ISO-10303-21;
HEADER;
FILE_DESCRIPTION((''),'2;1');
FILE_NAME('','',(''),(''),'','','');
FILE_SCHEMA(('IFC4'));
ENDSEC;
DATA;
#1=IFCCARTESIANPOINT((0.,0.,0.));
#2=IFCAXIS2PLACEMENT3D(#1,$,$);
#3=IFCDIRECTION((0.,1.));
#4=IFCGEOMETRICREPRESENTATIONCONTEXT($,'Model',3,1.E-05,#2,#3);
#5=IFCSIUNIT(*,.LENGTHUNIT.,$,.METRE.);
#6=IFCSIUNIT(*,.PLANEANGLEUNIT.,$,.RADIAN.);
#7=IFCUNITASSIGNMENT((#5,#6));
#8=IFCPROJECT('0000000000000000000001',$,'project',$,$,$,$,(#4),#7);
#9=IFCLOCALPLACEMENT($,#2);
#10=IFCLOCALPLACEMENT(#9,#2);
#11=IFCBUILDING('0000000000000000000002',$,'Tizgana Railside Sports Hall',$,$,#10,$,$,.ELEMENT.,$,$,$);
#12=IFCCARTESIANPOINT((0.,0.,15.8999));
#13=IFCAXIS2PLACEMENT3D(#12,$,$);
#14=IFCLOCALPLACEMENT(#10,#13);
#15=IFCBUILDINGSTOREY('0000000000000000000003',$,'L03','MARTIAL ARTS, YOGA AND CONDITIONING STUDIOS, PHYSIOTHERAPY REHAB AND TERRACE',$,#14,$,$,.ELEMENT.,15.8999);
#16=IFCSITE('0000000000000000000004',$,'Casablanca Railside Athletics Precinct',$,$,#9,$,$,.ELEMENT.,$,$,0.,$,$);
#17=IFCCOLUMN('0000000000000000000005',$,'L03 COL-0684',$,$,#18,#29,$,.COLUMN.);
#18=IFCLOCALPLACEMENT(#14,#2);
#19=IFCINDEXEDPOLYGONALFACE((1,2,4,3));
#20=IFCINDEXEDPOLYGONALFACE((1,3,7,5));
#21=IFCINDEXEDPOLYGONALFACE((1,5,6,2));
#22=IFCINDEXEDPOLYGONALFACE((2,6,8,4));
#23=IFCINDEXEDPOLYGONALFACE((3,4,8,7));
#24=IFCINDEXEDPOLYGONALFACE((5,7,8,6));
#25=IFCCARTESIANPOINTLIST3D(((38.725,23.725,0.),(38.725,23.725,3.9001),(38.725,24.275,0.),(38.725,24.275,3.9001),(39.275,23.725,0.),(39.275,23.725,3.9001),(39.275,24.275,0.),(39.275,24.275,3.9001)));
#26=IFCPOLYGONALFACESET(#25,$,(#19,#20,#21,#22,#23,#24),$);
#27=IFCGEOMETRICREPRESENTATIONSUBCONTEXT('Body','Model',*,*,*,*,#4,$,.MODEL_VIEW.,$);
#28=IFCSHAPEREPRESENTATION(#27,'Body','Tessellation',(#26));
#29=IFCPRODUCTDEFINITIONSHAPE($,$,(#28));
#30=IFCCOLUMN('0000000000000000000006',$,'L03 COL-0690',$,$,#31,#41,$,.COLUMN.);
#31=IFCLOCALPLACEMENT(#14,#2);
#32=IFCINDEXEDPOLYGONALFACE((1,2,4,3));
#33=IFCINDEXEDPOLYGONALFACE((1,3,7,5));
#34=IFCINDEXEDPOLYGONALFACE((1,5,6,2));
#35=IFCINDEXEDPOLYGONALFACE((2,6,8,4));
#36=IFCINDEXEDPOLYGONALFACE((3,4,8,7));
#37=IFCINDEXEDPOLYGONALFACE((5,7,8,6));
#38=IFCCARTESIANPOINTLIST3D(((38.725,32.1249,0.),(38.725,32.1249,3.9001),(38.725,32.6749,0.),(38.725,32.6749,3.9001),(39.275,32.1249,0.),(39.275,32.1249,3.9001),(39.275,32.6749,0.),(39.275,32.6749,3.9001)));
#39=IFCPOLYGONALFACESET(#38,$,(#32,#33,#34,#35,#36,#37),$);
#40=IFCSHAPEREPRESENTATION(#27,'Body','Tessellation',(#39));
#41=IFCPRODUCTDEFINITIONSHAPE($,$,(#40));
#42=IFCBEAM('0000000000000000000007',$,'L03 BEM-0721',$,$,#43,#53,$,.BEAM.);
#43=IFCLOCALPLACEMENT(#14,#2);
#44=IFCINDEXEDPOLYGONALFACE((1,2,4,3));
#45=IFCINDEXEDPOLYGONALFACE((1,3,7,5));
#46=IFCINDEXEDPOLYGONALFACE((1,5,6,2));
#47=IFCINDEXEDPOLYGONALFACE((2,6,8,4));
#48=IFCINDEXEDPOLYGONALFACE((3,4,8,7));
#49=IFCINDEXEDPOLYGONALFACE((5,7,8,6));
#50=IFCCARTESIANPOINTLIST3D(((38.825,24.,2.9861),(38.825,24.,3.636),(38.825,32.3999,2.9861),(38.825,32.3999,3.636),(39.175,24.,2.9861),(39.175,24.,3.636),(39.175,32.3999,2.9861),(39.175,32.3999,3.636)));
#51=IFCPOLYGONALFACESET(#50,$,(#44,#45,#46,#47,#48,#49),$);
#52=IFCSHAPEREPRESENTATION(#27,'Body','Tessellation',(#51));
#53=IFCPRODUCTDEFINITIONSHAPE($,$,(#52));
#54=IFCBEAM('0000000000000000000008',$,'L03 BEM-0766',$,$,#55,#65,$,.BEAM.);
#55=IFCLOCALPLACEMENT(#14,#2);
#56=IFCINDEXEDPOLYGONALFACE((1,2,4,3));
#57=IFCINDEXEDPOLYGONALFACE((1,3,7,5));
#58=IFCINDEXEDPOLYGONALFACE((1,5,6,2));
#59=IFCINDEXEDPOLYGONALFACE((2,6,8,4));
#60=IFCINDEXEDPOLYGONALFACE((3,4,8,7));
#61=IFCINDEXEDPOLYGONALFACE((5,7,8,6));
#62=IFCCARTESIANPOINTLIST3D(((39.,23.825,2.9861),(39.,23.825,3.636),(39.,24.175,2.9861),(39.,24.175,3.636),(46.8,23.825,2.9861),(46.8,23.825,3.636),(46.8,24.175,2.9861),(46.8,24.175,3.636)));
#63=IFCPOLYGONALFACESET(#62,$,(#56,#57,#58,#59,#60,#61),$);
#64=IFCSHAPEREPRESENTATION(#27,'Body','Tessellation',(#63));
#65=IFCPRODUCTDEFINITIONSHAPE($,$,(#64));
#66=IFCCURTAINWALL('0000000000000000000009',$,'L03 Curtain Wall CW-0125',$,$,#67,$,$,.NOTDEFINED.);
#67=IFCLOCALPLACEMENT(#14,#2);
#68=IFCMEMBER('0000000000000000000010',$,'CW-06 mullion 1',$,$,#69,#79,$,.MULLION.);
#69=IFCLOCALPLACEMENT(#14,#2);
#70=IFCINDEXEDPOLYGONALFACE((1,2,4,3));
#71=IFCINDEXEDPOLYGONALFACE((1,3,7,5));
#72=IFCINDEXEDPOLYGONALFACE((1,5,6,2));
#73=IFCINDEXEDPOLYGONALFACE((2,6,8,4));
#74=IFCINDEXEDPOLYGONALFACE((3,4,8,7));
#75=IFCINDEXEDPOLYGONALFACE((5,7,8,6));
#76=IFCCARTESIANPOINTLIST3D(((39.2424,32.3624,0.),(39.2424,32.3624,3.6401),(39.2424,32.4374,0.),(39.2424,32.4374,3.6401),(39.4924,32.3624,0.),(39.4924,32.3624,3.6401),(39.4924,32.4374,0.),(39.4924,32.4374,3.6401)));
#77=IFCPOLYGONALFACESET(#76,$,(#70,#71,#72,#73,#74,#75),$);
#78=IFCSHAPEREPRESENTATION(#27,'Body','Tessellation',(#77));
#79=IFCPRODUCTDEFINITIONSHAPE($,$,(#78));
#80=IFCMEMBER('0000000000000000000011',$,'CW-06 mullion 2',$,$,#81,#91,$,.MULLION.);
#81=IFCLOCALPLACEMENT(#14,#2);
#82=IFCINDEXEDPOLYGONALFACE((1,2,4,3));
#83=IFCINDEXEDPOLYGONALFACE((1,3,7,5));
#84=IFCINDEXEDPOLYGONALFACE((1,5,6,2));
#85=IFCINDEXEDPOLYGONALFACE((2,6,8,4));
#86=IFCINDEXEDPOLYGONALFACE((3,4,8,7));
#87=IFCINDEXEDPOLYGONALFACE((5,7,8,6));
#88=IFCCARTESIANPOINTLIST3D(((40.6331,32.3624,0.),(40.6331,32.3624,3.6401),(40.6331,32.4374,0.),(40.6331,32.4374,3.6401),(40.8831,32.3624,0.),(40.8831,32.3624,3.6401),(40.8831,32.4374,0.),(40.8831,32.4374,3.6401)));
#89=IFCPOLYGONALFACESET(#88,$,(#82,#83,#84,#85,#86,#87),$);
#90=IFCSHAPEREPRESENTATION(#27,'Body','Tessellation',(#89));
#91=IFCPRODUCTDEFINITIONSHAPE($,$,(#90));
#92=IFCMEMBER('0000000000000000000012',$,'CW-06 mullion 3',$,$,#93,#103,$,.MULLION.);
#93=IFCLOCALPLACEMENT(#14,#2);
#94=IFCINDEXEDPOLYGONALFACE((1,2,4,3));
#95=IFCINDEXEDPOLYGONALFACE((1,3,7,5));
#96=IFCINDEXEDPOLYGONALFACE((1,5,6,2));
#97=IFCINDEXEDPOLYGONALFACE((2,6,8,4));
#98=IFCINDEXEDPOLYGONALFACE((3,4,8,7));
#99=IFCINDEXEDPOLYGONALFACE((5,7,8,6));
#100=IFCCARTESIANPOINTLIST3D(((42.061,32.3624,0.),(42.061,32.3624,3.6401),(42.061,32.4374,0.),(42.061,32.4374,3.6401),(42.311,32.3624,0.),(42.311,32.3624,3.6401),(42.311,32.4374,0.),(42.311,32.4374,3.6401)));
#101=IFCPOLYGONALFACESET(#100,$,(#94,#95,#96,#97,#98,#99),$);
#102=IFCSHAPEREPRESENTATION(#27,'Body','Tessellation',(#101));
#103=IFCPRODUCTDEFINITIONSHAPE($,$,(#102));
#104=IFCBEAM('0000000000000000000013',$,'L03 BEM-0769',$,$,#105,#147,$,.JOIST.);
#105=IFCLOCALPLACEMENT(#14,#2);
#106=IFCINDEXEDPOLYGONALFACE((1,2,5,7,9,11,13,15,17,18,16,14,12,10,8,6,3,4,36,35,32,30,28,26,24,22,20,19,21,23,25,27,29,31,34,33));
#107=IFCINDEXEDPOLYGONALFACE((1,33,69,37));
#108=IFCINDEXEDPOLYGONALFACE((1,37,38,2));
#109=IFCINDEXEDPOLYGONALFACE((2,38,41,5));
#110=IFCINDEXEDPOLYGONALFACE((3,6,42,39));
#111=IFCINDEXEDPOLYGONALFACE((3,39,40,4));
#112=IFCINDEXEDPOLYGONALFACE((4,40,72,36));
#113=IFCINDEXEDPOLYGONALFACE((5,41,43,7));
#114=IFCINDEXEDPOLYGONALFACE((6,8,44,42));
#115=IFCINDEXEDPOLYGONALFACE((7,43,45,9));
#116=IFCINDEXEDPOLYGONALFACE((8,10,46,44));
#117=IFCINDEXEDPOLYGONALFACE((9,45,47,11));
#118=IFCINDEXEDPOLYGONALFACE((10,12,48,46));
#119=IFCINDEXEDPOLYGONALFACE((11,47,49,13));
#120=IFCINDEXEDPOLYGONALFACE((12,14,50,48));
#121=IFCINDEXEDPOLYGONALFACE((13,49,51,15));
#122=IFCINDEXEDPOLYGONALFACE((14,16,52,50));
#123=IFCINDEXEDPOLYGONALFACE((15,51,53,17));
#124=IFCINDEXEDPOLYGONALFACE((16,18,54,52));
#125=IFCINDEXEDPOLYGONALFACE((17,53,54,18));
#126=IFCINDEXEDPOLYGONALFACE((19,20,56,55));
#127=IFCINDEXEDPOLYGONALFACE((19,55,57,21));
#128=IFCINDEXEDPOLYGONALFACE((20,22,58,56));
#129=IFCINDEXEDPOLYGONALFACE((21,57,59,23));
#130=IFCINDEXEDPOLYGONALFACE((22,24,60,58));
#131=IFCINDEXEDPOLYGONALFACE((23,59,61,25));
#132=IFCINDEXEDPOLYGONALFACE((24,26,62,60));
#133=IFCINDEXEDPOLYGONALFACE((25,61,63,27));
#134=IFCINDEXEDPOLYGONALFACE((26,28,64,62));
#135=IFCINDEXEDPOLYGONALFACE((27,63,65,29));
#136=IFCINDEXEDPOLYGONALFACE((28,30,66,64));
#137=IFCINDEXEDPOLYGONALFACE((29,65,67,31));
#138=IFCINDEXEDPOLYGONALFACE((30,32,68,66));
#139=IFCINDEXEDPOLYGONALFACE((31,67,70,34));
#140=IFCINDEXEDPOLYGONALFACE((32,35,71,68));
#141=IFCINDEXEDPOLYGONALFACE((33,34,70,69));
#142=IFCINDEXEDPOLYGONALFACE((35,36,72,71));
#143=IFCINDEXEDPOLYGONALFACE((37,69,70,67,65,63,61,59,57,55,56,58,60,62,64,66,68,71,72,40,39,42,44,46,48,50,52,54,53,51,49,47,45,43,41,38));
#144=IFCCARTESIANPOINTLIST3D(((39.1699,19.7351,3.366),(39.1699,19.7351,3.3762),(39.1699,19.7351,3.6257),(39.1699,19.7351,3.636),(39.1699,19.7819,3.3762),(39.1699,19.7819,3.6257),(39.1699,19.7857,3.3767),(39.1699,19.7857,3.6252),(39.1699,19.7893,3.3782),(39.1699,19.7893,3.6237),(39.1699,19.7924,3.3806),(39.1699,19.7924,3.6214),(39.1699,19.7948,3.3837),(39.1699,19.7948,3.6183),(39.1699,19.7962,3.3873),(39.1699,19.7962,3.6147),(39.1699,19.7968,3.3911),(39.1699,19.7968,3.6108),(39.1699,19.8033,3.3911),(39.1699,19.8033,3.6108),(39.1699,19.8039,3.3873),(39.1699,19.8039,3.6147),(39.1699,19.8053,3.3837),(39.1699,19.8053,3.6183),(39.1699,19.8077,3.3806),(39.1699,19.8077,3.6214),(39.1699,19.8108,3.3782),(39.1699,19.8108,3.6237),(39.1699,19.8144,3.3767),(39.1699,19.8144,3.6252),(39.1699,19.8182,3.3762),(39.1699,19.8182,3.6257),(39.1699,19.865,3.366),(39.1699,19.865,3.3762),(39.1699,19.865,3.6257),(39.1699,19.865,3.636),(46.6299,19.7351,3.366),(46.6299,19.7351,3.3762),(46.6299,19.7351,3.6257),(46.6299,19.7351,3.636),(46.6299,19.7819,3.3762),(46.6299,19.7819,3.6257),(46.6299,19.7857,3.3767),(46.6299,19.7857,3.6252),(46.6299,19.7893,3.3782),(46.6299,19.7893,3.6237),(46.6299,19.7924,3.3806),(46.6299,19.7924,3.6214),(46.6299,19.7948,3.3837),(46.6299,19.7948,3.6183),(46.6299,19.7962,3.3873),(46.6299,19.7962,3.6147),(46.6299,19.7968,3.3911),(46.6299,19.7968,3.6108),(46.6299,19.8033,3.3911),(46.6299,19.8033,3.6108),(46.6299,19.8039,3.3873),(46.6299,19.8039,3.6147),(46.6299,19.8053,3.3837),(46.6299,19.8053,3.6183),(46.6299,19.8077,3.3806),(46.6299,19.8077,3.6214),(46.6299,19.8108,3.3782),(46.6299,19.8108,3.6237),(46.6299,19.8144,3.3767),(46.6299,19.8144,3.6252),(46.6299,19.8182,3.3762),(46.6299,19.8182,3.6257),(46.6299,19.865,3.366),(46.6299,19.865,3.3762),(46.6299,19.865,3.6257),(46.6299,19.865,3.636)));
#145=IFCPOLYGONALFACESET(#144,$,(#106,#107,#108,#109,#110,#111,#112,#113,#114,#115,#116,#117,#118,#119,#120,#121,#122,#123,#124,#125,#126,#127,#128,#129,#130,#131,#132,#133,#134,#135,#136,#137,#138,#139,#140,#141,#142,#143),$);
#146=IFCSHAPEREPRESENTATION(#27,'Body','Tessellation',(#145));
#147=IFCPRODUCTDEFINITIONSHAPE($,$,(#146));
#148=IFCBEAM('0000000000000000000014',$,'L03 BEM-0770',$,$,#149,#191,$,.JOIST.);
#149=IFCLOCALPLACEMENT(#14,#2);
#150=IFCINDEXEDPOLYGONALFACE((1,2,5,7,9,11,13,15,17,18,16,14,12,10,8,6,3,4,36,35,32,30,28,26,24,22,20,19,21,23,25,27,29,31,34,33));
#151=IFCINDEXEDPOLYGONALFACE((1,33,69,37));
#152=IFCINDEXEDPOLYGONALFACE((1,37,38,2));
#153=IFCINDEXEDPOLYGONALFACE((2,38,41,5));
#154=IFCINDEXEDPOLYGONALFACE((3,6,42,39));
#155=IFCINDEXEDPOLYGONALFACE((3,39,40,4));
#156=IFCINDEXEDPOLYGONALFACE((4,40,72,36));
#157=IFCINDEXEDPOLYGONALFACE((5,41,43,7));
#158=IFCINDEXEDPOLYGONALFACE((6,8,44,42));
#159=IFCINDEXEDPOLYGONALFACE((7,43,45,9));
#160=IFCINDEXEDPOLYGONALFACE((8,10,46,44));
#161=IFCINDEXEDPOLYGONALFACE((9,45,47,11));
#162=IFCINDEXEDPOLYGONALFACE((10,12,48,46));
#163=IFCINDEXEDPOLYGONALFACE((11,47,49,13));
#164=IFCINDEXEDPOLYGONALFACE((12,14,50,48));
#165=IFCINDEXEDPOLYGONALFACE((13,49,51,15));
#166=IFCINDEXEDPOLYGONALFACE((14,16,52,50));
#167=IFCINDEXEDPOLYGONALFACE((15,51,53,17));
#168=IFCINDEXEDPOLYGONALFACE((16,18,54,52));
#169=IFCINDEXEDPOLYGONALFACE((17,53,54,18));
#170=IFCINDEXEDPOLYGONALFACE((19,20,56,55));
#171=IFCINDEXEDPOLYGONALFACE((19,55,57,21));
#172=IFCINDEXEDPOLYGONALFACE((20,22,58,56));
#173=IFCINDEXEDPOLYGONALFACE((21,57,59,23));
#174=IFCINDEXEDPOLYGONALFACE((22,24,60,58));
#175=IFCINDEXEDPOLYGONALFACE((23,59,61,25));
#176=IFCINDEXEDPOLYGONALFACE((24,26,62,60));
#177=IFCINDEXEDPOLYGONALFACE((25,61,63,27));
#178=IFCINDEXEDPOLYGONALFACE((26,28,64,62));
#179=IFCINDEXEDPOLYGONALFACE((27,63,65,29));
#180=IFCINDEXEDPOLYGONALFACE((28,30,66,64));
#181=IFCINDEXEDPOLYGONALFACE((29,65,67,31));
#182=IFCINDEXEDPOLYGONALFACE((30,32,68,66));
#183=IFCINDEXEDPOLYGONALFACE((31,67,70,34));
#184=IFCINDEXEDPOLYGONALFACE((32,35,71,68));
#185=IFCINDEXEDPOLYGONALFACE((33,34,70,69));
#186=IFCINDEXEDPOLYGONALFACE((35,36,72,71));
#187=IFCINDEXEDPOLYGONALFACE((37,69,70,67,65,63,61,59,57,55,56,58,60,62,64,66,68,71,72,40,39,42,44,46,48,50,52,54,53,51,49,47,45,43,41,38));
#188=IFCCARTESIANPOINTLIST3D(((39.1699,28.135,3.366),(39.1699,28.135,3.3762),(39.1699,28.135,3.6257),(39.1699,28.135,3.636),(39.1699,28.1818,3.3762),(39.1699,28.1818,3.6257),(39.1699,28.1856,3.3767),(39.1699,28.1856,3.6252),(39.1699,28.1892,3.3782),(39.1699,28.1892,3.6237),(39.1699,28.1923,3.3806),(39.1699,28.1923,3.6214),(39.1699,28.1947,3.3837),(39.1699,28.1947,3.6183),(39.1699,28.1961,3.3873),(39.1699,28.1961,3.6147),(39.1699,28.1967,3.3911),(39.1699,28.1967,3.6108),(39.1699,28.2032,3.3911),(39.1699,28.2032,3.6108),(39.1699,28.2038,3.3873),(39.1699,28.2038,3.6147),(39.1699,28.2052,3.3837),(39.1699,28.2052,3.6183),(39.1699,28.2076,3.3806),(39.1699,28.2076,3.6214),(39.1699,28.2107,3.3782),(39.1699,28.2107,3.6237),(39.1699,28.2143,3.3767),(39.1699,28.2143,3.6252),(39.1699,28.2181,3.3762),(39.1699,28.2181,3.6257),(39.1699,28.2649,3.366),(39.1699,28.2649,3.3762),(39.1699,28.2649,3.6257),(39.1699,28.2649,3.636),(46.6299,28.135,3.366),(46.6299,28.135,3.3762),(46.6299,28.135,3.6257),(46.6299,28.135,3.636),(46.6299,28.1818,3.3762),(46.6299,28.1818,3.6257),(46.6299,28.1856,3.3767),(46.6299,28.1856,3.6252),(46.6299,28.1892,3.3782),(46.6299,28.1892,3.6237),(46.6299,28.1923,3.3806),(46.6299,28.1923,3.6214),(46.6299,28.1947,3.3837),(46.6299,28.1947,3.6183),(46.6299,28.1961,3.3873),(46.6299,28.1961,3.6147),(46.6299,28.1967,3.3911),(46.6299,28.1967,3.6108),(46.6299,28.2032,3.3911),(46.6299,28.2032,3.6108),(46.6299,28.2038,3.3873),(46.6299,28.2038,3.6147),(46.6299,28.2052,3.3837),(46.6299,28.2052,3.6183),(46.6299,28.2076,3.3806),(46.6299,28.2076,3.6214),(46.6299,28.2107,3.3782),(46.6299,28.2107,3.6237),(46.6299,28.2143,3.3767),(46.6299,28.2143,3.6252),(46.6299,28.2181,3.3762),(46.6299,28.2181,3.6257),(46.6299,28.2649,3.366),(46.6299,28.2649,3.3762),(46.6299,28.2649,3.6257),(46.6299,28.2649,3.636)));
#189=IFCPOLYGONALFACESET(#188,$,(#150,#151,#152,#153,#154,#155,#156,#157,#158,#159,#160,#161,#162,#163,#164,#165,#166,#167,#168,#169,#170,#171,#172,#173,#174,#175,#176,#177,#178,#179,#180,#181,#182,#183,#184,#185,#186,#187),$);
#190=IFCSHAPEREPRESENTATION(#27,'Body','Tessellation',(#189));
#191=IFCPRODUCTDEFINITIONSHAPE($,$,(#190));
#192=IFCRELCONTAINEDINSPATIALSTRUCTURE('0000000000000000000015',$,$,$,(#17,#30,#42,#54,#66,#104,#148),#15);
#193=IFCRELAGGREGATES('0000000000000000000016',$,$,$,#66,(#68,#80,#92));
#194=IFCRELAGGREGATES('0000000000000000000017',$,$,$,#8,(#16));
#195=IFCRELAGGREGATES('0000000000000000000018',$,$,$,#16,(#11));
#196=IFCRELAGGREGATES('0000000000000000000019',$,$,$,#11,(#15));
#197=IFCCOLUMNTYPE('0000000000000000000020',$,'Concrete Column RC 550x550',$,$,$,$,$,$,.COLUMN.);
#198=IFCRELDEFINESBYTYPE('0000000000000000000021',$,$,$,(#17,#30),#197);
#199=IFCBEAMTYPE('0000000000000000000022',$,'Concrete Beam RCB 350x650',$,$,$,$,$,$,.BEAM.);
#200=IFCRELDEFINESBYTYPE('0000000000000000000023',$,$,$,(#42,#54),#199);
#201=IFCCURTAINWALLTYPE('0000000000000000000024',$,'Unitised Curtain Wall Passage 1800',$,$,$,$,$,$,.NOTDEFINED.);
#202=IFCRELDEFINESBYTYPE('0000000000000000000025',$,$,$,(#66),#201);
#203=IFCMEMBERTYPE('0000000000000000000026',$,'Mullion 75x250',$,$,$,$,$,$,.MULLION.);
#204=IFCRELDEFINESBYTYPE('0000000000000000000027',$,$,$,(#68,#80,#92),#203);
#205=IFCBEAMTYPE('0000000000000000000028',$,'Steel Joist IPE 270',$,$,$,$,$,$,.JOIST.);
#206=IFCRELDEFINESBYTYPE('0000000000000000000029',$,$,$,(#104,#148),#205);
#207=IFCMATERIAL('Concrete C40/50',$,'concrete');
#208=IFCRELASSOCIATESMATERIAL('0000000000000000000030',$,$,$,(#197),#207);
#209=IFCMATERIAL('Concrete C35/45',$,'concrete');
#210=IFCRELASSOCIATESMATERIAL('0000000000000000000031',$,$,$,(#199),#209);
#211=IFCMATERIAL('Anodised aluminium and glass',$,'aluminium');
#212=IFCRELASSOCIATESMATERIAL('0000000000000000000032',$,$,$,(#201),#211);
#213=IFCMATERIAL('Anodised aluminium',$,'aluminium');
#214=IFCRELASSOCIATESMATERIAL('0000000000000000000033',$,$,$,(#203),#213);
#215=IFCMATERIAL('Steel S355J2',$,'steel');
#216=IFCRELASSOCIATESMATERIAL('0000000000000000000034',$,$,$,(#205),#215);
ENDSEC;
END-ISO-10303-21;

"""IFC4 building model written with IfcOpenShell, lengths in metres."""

from ifc_helpers import new_model, si_unit, direction, frame, origin, origin_2d, place, context, subcontext, project, spatial, rectangle, i_section, extrude, material, material_profile, profile_set, type_object, element, aggregate, save


model = new_model("IFC4")

# Units and contexts
model_context = context("Model", 3, precision=1e-05, world=origin(), true_north=direction((0.0, 1.0)))
body_context = subcontext(model_context, "Body", "Model", "MODEL_VIEW")
ifc_project = project(units=[si_unit("LENGTHUNIT", "METRE"), si_unit("PLANEANGLEUNIT", "RADIAN")], contexts=[model_context])

# Site, building, storey
site_placement = place(None, origin())
site = spatial("IfcSite", under=ifc_project, at=site_placement, Name="Casablanca Railside Athletics Precinct", CompositionType="ELEMENT", RefElevation=0.0)
building_placement = place(site_placement, origin())
building = spatial("IfcBuilding", under=site, at=building_placement, Name="Tizgana Railside Sports Hall", CompositionType="ELEMENT")
storey_placement = place(building_placement, frame((0.0, 0.0, 15.8999)))
storey = spatial("IfcBuildingStorey", under=building, at=storey_placement, Name="L03", Description="MARTIAL ARTS, YOGA AND CONDITIONING STUDIOS, PHYSIOTHERAPY REHAB AND TERRACE", CompositionType="ELEMENT", Elevation=15.8999)

# Columns
ifc_material_1 = material(Name="Concrete C40/50", Category="concrete")
ifc_material_profile_1 = material_profile(ifc_material_1, rectangle(XDim=0.55, YDim=0.55, at=origin_2d()), Name="RC 550x550")
ifc_profile_set_1 = profile_set([ifc_material_profile_1], Name="Concrete C40/50")
column_type = type_object("IfcColumnType", Name="Concrete Column RC 550x550", PredefinedType="COLUMN", material=ifc_profile_set_1)
for number, where, z_axis, x_axis, name in (
    (1, (39.0, 24.0, 0.0), (0.0, 0.0, 1.0), (1.0, 0.0, 0.0), "L03 COL-0684"),
    (2, (39.0, 32.3999, 0.0), (0.0, 0.0, 1.0), (1.0, 0.0, 0.0), "L03 COL-0690"),
):
    element("IfcColumn", number, at=place(storey_placement, frame(where, z_axis=z_axis, x_axis=x_axis)), inside=storey, type_object=column_type, Name=name, PredefinedType="COLUMN", context=body_context, shape_type="SweptSolid", body=[
        extrude(rectangle(XDim=0.55, YDim=0.55, at=origin_2d()), origin(), (0.0, 0.0, 1.0), 3.9001),
    ])

# Beams
ifc_material_2 = material(Name="Concrete C35/45", Category="concrete")
ifc_material_profile_2 = material_profile(ifc_material_2, rectangle(XDim=0.3501, YDim=0.6499, at=origin_2d()), Name="RCB 350x650")
ifc_profile_set_2 = profile_set([ifc_material_profile_2], Name="Concrete C35/45")
beam_type_1 = type_object("IfcBeamType", Name="Concrete Beam RCB 350x650", PredefinedType="BEAM", material=ifc_profile_set_2)
beam_1_placement = place(storey_placement, frame((39.0, 24.0, 3.311), z_axis=(0.0, 1.0, 0.0), x_axis=(-1.0, 0.0, 0.0)))
element("IfcBeam", 3, at=beam_1_placement, inside=storey, type_object=beam_type_1, Name="L03 BEM-0721", PredefinedType="BEAM", context=body_context, shape_type="SweptSolid", body=[
    extrude(rectangle(XDim=0.3501, YDim=0.6499, at=origin_2d()), origin(), (0.0, 0.0, 1.0), 8.3999),
])
beam_2_placement = place(storey_placement, frame((39.0, 24.0, 3.311), z_axis=(1.0, 0.0, 0.0), x_axis=(0.0, 1.0, 0.0)))
element("IfcBeam", 4, at=beam_2_placement, inside=storey, type_object=beam_type_1, Name="L03 BEM-0766", PredefinedType="BEAM", context=body_context, shape_type="SweptSolid", body=[
    extrude(rectangle(XDim=0.3501, YDim=0.6499, at=origin_2d()), origin(), (0.0, 0.0, 1.0), 7.8),
])

# Curtain wall, members
ifc_material_3 = material(Name="Anodised aluminium and glass", Category="aluminium")
curtain_wall_type = type_object("IfcCurtainWallType", Name="Unitised Curtain Wall Passage 1800", PredefinedType="NOTDEFINED", material=ifc_material_3)
curtain_wall_placement = place(storey_placement, origin())
curtain_wall = element("IfcCurtainWall", 5, at=curtain_wall_placement, inside=storey, type_object=curtain_wall_type, Name="L03 Curtain Wall CW-0125", PredefinedType="NOTDEFINED")
ifc_material_4 = material(Name="Anodised aluminium", Category="aluminium")
ifc_material_profile_3 = material_profile(ifc_material_4, rectangle(XDim=0.075, YDim=0.25, at=origin_2d()), Name="Mullion 75x250")
ifc_profile_set_3 = profile_set([ifc_material_profile_3], Name="Anodised aluminium")
member_type_1 = type_object("IfcMemberType", Name="Mullion 75x250", PredefinedType="MULLION", material=ifc_profile_set_3)
member_1_placement = place(storey_placement, frame((39.3674, 32.3999, 0.0), z_axis=(0.0, 0.0, 1.0), x_axis=(0.0, 1.0, 0.0)))
member_1 = element("IfcMember", 6, at=member_1_placement, type_object=member_type_1, Name="CW-06 mullion 1", PredefinedType="MULLION", context=body_context, shape_type="SweptSolid", body=[
    extrude(rectangle(XDim=0.075, YDim=0.25, at=origin_2d()), origin(), (0.0, 0.0, 1.0), 3.6401),
])
member_2_placement = place(storey_placement, frame((40.7581, 32.3999, 0.0), z_axis=(0.0, 0.0, 1.0), x_axis=(0.0, 1.0, 0.0)))
member_2 = element("IfcMember", 7, at=member_2_placement, type_object=member_type_1, Name="CW-06 mullion 2", PredefinedType="MULLION", context=body_context, shape_type="SweptSolid", body=[
    extrude(rectangle(XDim=0.075, YDim=0.25, at=origin_2d()), origin(), (0.0, 0.0, 1.0), 3.6401),
])
member_3_placement = place(storey_placement, frame((42.186, 32.3999, 0.0), z_axis=(0.0, 0.0, 1.0), x_axis=(0.0, 1.0, 0.0)))
member_3 = element("IfcMember", 8, at=member_3_placement, type_object=member_type_1, Name="CW-06 mullion 3", PredefinedType="MULLION", context=body_context, shape_type="SweptSolid", body=[
    extrude(rectangle(XDim=0.075, YDim=0.25, at=origin_2d()), origin(), (0.0, 0.0, 1.0), 3.6401),
])

# Beams
ifc_material_5 = material(Name="Steel S355J2", Category="steel")
ifc_material_profile_4 = material_profile(ifc_material_5, i_section(OverallWidth=0.1299, OverallDepth=0.27, WebThickness=0.0066, FlangeThickness=0.0103, FilletRadius=0.0149, at=origin_2d()), Name="IPE 270")
ifc_profile_set_4 = profile_set([ifc_material_profile_4], Name="Steel S355J2")
beam_type_2 = type_object("IfcBeamType", Name="Steel Joist IPE 270", PredefinedType="JOIST", material=ifc_profile_set_4)
for number, where, z_axis, x_axis, name in (
    (9, (39.1699, 19.8, 3.501), (1.0, 0.0, 0.0), (0.0, 1.0, 0.0), "L03 BEM-0769"),
    (10, (39.1699, 28.2, 3.501), (1.0, 0.0, 0.0), (0.0, 1.0, 0.0), "L03 BEM-0770"),
):
    element("IfcBeam", number, at=place(storey_placement, frame(where, z_axis=z_axis, x_axis=x_axis)), inside=storey, type_object=beam_type_2, Name=name, PredefinedType="JOIST", context=body_context, shape_type="SweptSolid", body=[
        extrude(i_section(OverallWidth=0.1299, OverallDepth=0.27, WebThickness=0.0066, FlangeThickness=0.0103, FilletRadius=0.0149, at=origin_2d()), origin(), (0.0, 0.0, 1.0), 7.46),
    ])

aggregate(curtain_wall, [member_1, member_2, member_3])

save(model, "model.ifc")
